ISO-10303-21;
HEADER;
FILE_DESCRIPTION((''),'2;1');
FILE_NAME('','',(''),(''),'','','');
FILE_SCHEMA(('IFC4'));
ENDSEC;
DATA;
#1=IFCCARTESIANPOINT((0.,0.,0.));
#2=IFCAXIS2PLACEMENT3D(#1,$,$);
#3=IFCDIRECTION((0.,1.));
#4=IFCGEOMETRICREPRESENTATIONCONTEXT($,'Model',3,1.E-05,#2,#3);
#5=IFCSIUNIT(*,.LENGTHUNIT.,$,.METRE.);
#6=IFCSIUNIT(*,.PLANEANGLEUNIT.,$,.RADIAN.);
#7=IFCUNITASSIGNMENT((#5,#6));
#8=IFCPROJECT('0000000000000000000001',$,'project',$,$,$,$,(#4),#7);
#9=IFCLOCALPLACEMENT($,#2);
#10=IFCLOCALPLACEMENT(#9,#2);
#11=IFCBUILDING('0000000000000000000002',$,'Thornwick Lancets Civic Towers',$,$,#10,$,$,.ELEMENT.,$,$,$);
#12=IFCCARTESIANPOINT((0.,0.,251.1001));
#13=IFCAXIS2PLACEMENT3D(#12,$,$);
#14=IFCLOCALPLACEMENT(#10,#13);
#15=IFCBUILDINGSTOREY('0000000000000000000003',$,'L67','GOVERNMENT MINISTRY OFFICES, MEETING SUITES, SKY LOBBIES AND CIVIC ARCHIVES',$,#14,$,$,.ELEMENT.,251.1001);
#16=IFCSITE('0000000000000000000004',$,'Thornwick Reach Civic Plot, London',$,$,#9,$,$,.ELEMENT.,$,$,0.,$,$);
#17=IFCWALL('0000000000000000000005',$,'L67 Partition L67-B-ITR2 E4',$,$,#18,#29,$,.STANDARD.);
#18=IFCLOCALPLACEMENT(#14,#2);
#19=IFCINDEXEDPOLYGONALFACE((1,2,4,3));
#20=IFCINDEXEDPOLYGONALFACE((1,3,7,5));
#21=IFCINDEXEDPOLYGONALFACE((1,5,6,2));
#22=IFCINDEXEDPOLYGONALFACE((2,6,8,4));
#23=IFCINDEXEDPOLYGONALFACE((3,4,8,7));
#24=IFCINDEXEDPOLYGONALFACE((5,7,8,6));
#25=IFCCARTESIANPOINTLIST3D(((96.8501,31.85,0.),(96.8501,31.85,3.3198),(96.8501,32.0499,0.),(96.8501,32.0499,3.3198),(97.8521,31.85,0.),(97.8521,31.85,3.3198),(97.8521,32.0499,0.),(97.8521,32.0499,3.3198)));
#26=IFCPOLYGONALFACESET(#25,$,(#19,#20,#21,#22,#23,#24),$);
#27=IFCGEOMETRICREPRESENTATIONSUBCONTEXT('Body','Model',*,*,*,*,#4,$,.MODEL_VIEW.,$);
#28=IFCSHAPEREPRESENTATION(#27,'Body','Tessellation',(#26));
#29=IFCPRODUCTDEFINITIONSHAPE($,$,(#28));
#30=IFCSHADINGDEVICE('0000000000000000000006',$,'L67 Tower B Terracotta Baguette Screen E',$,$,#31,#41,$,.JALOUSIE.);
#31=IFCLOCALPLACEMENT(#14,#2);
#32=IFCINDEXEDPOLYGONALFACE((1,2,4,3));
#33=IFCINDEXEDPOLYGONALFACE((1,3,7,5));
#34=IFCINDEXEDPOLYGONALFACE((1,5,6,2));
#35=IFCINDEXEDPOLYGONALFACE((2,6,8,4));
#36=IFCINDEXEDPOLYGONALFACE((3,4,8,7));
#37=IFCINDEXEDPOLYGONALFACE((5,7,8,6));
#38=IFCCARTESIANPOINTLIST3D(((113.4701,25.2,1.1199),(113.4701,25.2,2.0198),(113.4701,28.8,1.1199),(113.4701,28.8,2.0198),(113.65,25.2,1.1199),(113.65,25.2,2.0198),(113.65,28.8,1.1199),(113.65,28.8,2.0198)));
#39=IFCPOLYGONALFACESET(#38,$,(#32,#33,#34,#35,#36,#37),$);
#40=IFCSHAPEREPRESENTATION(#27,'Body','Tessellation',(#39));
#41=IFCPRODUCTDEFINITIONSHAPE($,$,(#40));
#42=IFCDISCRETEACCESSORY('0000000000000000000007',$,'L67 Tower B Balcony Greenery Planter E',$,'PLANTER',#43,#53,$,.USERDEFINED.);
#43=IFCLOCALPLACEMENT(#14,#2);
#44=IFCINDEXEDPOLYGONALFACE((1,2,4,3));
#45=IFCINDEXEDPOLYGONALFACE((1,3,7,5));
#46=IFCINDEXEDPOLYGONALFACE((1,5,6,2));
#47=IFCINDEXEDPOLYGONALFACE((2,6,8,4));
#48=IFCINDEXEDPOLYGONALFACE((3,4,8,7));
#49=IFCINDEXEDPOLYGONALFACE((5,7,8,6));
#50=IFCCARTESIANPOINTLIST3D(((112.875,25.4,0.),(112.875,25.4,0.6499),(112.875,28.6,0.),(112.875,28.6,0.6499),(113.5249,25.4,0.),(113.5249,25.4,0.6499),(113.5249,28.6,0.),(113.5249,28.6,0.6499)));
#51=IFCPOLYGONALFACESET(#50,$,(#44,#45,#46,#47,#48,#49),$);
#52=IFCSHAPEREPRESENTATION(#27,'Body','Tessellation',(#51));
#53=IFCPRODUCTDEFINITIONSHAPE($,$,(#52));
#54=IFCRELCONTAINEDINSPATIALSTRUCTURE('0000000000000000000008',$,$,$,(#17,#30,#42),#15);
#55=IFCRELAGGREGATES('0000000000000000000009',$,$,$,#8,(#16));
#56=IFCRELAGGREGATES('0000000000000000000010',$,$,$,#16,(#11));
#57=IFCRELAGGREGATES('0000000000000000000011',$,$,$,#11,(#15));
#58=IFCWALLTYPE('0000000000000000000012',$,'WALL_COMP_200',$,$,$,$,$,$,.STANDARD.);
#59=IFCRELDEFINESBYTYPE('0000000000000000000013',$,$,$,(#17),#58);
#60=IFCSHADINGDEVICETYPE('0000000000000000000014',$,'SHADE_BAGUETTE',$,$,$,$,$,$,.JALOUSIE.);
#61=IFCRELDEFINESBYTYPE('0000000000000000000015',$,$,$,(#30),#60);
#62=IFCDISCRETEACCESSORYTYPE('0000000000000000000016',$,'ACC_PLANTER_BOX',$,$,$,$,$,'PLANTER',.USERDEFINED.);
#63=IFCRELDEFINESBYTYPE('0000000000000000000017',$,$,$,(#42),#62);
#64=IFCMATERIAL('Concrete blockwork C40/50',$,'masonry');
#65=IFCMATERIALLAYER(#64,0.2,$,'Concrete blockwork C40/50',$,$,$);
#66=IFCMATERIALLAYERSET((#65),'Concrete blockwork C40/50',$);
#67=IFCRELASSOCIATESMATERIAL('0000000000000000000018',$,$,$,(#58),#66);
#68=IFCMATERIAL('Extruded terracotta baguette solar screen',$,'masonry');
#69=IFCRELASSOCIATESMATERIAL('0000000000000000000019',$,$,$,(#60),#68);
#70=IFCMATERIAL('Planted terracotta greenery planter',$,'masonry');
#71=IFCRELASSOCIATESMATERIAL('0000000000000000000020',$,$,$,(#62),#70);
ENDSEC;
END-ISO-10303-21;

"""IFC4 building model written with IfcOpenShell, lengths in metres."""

from ifc_helpers import new_model, si_unit, direction, frame, frame_2d, origin, origin_2d, place, context, subcontext, project, spatial, rectangle, extrude, material, layer, layer_set, type_object, element, save


model = new_model("IFC4")

# Units and contexts
model_context = context("Model", 3, precision=1e-05, world=origin(), true_north=direction((0.0, 1.0)))
body_context = subcontext(model_context, "Body", "Model", "MODEL_VIEW")
ifc_project = project(units=[si_unit("LENGTHUNIT", "METRE"), si_unit("PLANEANGLEUNIT", "RADIAN")], contexts=[model_context])

# Site, building, storey
site_placement = place(None, origin())
site = spatial("IfcSite", under=ifc_project, at=site_placement, Name="Thornwick Reach Civic Plot, London", CompositionType="ELEMENT", RefElevation=0.0)
building_placement = place(site_placement, origin())
building = spatial("IfcBuilding", under=site, at=building_placement, Name="Thornwick Lancets Civic Towers", CompositionType="ELEMENT")
storey_placement = place(building_placement, frame((0.0, 0.0, 251.1001)))
storey = spatial("IfcBuildingStorey", under=building, at=storey_placement, Name="L67", Description="GOVERNMENT MINISTRY OFFICES, MEETING SUITES, SKY LOBBIES AND CIVIC ARCHIVES", CompositionType="ELEMENT", Elevation=251.1001)

# Shared definitions
ifc_material_1 = material(Name="Concrete blockwork C40/50", Category="masonry")
ifc_layer_1 = layer(ifc_material_1, 0.2, Name="Concrete blockwork C40/50")
ifc_layer_set_1 = layer_set([ifc_layer_1], Name="Concrete blockwork C40/50")
wall_type = type_object("IfcWallType", Name="WALL_COMP_200", PredefinedType="STANDARD", material=ifc_layer_set_1)

# Wall
wall_1_placement = place(storey_placement, frame((97.8521, 31.95, 0.0), z_axis=(0.0, 0.0, 1.0), x_axis=(-1.0, 0.0, 0.0)))
element("IfcWall", 1, at=wall_1_placement, inside=storey, type_object=wall_type, Name="L67 Partition L67-B-ITR2 E4", PredefinedType="STANDARD", context=body_context, shape_type="SweptSolid", body=[
    extrude(rectangle(XDim=1.002, YDim=0.2, at=frame_2d((0.501, 0.0))), origin(), (0.0, 0.0, 1.0), 3.3198),
])

# Shading device
ifc_material_2 = material(Name="Extruded terracotta baguette solar screen", Category="masonry")
shading_device_type = type_object("IfcShadingDeviceType", Name="SHADE_BAGUETTE", PredefinedType="JALOUSIE", material=ifc_material_2)
shading_device_placement = place(storey_placement, frame((113.5601, 27.0, 1.1199), z_axis=(0.0, 0.0, 1.0), x_axis=(0.0, 1.0, 0.0)))
element("IfcShadingDevice", 2, at=shading_device_placement, inside=storey, type_object=shading_device_type, Name="L67 Tower B Terracotta Baguette Screen E", PredefinedType="JALOUSIE", context=body_context, shape_type="SweptSolid", body=[
    extrude(rectangle(XDim=3.6001, YDim=0.1799, at=origin_2d()), origin(), (0.0, 0.0, 1.0), 0.8999),
])

# Discrete accessory
ifc_material_3 = material(Name="Planted terracotta greenery planter", Category="masonry")
discrete_accessory_type = type_object("IfcDiscreteAccessoryType", Name="ACC_PLANTER_BOX", ElementType="PLANTER", PredefinedType="USERDEFINED", material=ifc_material_3)
discrete_accessory_placement = place(storey_placement, frame((113.2, 27.0, 0.0), z_axis=(0.0, 0.0, 1.0), x_axis=(1.0, 0.0, 0.0)))
element("IfcDiscreteAccessory", 3, at=discrete_accessory_placement, inside=storey, type_object=discrete_accessory_type, Name="L67 Tower B Balcony Greenery Planter E", ObjectType="PLANTER", PredefinedType="USERDEFINED", context=body_context, shape_type="SweptSolid", body=[
    extrude(rectangle(XDim=0.6499, YDim=3.2, at=origin_2d()), origin(), (0.0, 0.0, 1.0), 0.6499),
])

save(model, "model.ifc")
